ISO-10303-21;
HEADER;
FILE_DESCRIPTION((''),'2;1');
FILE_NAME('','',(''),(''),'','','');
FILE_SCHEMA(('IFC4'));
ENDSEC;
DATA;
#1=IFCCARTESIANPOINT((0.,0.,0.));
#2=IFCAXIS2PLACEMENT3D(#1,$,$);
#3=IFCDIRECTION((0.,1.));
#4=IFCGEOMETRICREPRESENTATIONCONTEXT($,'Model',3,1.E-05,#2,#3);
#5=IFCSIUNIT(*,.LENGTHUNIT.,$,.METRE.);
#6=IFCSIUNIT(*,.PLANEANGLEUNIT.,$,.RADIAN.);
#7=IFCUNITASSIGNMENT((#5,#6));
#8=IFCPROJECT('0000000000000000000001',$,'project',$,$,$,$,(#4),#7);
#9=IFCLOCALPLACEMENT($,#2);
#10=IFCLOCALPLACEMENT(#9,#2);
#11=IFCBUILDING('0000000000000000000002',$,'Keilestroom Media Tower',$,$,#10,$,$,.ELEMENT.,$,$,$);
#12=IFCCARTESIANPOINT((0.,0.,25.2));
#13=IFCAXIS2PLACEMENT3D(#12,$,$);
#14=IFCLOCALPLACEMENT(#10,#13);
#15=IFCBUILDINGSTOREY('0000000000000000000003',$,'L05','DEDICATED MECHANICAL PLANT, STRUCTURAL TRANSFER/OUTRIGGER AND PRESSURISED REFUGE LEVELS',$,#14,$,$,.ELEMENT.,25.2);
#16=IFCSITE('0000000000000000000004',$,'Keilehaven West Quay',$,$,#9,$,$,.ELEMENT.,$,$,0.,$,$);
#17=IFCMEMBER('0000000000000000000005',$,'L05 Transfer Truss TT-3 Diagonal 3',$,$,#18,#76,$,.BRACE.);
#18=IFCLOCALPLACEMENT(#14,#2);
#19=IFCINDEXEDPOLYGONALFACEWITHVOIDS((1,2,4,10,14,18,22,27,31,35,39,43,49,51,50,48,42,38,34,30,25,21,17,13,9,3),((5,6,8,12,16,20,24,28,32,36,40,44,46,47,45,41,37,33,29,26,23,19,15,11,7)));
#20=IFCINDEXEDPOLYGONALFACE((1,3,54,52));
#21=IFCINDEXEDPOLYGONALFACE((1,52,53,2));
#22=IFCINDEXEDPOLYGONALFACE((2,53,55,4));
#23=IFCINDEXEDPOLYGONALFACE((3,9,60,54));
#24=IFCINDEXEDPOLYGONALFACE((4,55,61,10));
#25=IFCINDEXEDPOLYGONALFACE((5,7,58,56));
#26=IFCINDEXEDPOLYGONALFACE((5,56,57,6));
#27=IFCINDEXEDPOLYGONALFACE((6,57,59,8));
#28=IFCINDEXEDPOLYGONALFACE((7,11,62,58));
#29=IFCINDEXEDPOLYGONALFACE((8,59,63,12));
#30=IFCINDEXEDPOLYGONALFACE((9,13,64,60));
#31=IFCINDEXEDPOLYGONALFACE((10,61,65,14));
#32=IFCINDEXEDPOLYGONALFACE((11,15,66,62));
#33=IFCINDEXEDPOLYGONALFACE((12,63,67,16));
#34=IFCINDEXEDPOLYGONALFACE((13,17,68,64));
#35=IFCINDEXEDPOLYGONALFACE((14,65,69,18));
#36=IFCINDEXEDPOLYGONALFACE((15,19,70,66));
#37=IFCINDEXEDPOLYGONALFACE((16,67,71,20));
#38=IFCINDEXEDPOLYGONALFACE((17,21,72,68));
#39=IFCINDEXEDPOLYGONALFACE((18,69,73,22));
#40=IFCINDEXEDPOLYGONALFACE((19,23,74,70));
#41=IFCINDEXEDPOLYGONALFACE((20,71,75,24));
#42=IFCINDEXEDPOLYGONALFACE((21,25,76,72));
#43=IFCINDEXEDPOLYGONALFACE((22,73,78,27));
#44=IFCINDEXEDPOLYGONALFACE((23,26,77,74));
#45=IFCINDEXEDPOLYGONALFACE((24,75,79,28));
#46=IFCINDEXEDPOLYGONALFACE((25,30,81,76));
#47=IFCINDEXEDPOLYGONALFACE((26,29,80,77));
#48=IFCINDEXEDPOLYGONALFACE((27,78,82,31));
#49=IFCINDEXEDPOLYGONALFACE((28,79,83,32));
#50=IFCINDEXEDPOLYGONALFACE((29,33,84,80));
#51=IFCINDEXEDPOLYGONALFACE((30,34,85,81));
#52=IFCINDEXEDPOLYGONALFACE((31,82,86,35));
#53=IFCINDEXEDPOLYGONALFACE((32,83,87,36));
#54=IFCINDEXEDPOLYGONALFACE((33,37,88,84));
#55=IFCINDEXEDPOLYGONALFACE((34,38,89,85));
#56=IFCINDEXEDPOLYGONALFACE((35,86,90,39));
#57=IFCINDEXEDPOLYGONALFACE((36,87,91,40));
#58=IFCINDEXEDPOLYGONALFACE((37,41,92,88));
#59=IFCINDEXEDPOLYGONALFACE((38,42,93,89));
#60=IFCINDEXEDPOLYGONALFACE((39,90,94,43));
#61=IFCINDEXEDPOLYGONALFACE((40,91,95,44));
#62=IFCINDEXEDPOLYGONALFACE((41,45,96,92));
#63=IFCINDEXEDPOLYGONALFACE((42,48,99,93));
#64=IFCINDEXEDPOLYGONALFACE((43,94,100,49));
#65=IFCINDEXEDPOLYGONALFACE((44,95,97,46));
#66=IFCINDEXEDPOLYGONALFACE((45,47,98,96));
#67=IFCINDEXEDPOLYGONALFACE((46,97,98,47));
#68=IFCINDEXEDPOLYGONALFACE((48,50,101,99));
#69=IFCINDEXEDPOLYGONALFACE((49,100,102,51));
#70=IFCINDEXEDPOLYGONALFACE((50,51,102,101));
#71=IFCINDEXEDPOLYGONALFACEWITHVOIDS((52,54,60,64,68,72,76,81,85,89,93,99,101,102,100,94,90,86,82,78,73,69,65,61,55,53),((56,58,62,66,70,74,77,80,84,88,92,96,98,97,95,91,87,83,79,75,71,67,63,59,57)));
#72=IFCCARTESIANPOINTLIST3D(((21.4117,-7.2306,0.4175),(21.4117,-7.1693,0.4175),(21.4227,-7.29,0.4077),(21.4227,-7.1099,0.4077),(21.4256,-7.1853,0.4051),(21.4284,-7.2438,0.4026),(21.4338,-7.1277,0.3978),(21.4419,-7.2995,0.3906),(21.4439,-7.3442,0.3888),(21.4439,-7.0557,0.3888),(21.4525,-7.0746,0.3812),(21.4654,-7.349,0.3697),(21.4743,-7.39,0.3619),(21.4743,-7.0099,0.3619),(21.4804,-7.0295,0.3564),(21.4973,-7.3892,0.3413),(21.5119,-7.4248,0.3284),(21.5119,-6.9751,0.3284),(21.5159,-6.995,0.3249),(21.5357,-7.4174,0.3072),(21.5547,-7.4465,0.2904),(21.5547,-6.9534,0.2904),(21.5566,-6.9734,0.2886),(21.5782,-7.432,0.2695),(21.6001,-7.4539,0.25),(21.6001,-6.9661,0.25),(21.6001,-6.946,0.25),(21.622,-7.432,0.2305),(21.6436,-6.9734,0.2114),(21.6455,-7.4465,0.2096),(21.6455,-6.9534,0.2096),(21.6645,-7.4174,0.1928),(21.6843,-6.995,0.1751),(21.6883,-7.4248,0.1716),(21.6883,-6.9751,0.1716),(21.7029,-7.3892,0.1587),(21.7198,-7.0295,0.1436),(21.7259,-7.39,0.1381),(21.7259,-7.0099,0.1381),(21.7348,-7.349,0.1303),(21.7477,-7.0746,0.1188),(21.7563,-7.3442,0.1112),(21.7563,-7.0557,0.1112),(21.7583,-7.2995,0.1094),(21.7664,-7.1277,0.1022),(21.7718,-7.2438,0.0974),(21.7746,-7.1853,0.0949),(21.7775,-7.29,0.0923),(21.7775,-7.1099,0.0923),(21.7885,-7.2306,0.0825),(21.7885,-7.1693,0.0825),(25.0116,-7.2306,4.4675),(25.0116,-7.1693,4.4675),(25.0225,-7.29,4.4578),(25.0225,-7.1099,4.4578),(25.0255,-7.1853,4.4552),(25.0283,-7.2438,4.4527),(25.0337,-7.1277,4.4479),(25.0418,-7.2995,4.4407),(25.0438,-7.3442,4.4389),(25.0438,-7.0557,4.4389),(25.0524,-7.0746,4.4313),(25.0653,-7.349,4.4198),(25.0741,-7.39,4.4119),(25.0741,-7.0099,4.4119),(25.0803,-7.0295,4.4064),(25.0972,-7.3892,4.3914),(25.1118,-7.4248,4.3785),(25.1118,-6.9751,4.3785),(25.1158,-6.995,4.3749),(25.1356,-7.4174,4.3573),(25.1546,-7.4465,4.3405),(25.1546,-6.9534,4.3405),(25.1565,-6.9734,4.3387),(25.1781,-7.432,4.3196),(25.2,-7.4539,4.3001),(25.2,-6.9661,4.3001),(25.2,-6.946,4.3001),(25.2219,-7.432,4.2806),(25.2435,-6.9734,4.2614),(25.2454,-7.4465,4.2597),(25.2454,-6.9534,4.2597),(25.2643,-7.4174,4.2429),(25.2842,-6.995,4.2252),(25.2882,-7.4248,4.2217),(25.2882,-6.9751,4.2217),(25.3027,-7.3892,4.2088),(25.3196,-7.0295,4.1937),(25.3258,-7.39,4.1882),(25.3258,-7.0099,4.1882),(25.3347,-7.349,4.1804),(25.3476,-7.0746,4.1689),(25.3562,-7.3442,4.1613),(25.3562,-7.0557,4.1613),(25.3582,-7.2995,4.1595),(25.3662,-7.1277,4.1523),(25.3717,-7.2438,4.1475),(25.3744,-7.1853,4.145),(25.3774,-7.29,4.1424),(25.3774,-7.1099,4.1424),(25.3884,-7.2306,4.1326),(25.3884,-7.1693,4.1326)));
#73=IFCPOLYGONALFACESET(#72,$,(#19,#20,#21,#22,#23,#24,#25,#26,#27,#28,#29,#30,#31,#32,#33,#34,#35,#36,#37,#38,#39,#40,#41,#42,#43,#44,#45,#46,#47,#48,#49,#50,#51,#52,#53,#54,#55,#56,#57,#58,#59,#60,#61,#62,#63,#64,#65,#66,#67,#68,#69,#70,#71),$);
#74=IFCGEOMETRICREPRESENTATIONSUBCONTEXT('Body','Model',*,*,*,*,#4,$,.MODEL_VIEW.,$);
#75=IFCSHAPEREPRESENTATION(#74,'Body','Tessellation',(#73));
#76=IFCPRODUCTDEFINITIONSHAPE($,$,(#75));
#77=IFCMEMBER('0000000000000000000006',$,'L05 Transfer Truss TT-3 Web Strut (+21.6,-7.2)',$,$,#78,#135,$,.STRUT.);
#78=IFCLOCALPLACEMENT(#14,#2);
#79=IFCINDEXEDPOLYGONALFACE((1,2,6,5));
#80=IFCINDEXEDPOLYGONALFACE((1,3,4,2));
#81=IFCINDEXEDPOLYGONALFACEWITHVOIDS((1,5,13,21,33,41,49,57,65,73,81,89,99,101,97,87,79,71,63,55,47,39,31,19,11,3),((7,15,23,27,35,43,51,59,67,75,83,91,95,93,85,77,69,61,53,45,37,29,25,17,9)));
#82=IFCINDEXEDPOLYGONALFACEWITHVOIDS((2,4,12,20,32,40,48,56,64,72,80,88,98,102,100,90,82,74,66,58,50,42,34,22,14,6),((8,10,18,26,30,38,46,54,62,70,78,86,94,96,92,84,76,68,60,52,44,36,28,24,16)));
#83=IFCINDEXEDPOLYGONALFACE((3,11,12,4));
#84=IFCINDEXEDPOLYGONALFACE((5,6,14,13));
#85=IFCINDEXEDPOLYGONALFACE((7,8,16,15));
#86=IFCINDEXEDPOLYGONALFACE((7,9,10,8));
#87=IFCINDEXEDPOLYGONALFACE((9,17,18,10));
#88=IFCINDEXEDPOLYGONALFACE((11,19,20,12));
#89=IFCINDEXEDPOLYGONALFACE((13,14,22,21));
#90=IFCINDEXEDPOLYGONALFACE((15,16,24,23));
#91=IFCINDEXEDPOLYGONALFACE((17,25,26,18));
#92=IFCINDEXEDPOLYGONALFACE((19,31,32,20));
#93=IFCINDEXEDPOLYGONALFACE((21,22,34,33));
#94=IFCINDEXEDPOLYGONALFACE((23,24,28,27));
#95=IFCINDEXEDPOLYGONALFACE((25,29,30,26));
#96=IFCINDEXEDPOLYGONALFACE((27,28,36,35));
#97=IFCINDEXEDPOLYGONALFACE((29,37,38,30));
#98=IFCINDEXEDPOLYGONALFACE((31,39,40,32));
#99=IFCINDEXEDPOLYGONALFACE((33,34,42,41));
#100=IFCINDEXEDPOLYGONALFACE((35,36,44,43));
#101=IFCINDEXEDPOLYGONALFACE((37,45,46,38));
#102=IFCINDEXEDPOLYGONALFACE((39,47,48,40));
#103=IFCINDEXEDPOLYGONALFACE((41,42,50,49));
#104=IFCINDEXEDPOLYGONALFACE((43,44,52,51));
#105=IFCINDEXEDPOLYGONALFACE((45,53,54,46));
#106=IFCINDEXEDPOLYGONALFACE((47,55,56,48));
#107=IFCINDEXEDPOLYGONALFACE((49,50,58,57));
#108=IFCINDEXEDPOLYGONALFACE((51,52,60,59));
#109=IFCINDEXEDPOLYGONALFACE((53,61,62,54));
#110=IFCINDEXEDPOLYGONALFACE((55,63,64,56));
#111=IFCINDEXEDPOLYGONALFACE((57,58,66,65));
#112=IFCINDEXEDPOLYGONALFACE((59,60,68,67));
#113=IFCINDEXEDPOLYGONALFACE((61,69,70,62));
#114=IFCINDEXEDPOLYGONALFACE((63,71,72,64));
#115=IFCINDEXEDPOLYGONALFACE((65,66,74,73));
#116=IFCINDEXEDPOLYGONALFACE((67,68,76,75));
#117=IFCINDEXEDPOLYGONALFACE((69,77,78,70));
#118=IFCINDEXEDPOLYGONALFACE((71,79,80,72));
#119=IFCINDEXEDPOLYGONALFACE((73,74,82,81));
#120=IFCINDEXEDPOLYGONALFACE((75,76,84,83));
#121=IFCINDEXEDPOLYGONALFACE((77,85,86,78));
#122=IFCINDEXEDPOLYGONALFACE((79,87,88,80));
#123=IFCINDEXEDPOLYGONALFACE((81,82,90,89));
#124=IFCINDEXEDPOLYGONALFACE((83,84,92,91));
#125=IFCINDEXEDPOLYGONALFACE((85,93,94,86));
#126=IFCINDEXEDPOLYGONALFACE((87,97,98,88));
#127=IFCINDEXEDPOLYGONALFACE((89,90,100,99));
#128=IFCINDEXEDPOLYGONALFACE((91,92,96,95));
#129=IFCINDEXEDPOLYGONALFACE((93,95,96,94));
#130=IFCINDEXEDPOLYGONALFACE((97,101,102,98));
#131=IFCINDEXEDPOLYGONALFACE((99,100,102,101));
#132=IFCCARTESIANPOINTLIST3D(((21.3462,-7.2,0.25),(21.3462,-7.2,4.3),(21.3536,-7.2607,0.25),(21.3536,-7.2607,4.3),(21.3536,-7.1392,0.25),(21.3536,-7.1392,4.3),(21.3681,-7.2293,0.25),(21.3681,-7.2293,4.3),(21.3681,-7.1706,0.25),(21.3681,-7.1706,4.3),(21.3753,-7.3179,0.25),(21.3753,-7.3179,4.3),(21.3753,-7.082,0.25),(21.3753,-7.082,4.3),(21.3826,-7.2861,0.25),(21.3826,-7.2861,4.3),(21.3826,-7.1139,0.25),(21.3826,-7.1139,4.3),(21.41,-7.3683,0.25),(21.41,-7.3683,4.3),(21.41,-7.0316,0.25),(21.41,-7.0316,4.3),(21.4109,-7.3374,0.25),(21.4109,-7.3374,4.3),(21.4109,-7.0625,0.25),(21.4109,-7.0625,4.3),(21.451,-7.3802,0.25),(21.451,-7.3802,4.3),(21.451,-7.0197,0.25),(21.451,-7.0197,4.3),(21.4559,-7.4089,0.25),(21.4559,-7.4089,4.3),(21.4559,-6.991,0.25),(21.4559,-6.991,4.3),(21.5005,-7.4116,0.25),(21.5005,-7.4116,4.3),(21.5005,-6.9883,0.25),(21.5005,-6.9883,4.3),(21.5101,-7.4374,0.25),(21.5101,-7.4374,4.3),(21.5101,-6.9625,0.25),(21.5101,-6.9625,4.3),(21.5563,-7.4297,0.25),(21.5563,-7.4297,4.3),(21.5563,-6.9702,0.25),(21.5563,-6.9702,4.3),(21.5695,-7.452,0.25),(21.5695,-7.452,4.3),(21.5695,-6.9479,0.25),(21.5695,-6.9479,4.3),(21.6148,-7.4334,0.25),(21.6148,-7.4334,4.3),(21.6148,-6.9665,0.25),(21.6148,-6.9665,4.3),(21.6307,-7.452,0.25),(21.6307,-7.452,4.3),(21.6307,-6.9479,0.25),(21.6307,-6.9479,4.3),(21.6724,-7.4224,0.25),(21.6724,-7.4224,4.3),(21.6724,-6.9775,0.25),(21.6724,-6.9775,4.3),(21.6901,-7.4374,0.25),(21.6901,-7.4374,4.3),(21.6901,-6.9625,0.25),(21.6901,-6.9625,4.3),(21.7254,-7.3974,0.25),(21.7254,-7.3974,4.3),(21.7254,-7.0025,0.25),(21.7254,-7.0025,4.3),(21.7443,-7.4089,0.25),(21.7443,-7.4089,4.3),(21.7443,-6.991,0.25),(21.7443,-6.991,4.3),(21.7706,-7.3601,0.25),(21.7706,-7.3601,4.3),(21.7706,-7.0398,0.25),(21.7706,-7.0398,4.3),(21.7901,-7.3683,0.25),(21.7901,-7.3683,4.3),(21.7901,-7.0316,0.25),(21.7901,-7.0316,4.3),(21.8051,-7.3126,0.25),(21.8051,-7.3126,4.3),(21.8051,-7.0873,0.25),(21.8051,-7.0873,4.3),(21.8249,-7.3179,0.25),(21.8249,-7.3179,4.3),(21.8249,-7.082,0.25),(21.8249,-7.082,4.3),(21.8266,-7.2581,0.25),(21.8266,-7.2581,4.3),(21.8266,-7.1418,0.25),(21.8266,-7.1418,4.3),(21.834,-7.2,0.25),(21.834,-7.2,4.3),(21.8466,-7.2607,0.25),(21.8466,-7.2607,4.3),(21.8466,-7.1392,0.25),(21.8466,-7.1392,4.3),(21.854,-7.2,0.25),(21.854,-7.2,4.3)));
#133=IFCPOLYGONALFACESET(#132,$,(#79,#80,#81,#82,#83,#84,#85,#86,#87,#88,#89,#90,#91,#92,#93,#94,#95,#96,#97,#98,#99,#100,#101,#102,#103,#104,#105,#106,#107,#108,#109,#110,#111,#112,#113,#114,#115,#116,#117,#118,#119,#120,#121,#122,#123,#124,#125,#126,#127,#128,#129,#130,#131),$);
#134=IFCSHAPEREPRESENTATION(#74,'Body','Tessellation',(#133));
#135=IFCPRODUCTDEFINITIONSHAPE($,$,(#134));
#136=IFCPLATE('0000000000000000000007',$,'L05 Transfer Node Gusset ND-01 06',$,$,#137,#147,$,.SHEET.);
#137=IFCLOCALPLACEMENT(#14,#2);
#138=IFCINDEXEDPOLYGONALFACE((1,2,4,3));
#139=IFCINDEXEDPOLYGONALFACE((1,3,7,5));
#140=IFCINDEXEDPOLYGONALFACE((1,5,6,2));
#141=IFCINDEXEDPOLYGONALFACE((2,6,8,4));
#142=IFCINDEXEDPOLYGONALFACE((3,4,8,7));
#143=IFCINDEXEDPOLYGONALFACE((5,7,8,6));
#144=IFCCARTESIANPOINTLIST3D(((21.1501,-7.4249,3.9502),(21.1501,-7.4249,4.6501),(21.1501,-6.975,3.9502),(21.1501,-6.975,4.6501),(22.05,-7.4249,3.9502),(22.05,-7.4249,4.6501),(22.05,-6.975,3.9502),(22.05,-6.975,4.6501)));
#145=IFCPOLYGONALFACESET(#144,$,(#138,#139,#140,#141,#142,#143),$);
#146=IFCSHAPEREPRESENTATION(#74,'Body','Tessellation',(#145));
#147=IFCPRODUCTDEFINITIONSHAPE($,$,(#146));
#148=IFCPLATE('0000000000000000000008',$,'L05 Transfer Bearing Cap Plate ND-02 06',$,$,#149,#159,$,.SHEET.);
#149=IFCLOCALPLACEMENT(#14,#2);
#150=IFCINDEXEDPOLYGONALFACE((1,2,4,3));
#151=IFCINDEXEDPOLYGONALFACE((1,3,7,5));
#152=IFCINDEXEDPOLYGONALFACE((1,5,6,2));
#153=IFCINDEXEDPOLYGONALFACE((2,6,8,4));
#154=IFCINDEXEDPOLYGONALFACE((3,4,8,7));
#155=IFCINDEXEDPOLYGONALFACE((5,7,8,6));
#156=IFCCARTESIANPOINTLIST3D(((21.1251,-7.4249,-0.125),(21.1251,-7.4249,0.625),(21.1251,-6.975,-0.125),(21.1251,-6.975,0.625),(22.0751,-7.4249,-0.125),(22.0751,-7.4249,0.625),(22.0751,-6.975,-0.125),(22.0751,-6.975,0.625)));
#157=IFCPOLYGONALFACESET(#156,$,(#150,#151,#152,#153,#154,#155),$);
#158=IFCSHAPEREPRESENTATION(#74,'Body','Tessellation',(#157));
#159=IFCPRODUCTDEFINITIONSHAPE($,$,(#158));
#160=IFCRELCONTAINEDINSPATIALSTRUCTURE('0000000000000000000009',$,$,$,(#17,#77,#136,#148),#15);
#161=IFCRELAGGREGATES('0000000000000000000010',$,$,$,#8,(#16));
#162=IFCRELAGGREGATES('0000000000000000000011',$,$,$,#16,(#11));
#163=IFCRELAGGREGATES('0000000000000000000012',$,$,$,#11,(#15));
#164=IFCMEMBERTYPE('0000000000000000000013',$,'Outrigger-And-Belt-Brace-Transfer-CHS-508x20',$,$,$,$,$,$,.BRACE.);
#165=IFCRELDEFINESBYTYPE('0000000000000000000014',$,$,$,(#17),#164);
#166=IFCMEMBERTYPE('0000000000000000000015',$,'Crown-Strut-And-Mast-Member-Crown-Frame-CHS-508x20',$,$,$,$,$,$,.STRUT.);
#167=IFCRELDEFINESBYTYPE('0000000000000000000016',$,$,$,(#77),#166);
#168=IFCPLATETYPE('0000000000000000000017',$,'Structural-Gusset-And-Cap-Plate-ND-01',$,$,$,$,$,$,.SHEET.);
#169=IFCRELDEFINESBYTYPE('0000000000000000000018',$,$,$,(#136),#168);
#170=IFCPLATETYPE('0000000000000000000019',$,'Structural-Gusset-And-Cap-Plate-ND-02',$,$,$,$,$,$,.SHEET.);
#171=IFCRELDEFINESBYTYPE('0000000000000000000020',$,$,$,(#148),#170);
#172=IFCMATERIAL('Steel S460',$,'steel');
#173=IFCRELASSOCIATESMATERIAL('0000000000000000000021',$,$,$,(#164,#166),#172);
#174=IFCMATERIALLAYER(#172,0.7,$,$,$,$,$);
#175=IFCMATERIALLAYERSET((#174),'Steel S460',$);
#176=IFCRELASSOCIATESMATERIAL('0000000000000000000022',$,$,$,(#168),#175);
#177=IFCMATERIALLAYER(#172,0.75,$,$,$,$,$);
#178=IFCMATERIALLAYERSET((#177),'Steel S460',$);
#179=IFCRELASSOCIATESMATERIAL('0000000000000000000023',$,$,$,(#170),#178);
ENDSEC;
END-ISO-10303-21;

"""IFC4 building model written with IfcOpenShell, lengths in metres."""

from ifc_helpers import new_model, si_unit, direction, frame, origin, origin_2d, place, context, subcontext, project, spatial, rectangle, hollow_circle, extrude, source, transform, mapped, material, layer, layer_set, material_profile, profile_set, type_object, element, save


model = new_model("IFC4")

# Units and contexts
model_context = context("Model", 3, precision=1e-05, world=origin(), true_north=direction((0.0, 1.0)))
body_context = subcontext(model_context, "Body", "Model", "MODEL_VIEW")
ifc_project = project(units=[si_unit("LENGTHUNIT", "METRE"), si_unit("PLANEANGLEUNIT", "RADIAN")], contexts=[model_context])

# Site, building, storey
site_placement = place(None, origin())
site = spatial("IfcSite", under=ifc_project, at=site_placement, Name="Keilehaven West Quay", CompositionType="ELEMENT", RefElevation=0.0)
building_placement = place(site_placement, origin())
building = spatial("IfcBuilding", under=site, at=building_placement, Name="Keilestroom Media Tower", CompositionType="ELEMENT")
storey_placement = place(building_placement, frame((0.0, 0.0, 25.2)))
storey = spatial("IfcBuildingStorey", under=building, at=storey_placement, Name="L05", Description="DEDICATED MECHANICAL PLANT, STRUCTURAL TRANSFER/OUTRIGGER AND PRESSURISED REFUGE LEVELS", CompositionType="ELEMENT", Elevation=25.2)

# Shared definitions
ifc_material_1 = material(Name="Steel S460", Category="steel")

# Members
ifc_material_profile_1 = material_profile(ifc_material_1, hollow_circle(Radius=0.2539, WallThickness=0.02, at=origin_2d()), Name="CHS 508x20")
ifc_profile_set_1 = profile_set([ifc_material_profile_1], Name="Steel S460")
member_type_1 = type_object("IfcMemberType", Name="Outrigger-And-Belt-Brace-Transfer-CHS-508x20", PredefinedType="BRACE", material=ifc_profile_set_1)
shared_shape_1 = source(origin(), body_context, "Body", "SweptSolid", [
    extrude(hollow_circle(Radius=0.2539, WallThickness=0.02, at=origin_2d()), origin(), (0.0, 0.0, 1.0), 5.4187),
])
member_1_placement = place(storey_placement, frame((21.6001, -7.2, 0.25), z_axis=(0.664344, 0.0, 0.747427), x_axis=(0.0, 1.0, 0.0)))
element("IfcMember", 1, at=member_1_placement, inside=storey, type_object=member_type_1, Name="L05 Transfer Truss TT-3 Diagonal 3", PredefinedType="BRACE", context=body_context, shape_type="MappedRepresentation", body=[
    mapped(shared_shape_1, transform((0.0, 0.0, 0.0), x_axis=(1.0, 0.0, 0.0), y_axis=(0.0, 1.0, 0.0), z_axis=(0.0, 0.0, 1.0), scale=1.0)),
])
ifc_material_profile_2 = material_profile(ifc_material_1, hollow_circle(Radius=0.2539, WallThickness=0.02, at=origin_2d()), Name="CHS 508x20")
ifc_profile_set_2 = profile_set([ifc_material_profile_2], Name="Steel S460")
member_type_2 = type_object("IfcMemberType", Name="Crown-Strut-And-Mast-Member-Crown-Frame-CHS-508x20", PredefinedType="STRUT", material=ifc_profile_set_2)
shared_shape_2 = source(origin(), body_context, "Body", "SweptSolid", [
    extrude(hollow_circle(Radius=0.2539, WallThickness=0.02, at=origin_2d()), origin(), (0.0, 0.0, 1.0), 4.05),
])
member_2_placement = place(storey_placement, frame((21.6001, -7.2, 0.25), z_axis=(0.0, 0.0, 1.0), x_axis=(1.0, 0.0, 0.0)))
element("IfcMember", 2, at=member_2_placement, inside=storey, type_object=member_type_2, Name="L05 Transfer Truss TT-3 Web Strut (+21.6,-7.2)", PredefinedType="STRUT", context=body_context, shape_type="MappedRepresentation", body=[
    mapped(shared_shape_2, transform((0.0, 0.0, 0.0), x_axis=(1.0, 0.0, 0.0), y_axis=(0.0, 1.0, 0.0), z_axis=(0.0, 0.0, 1.0), scale=1.0)),
])

# Plates
ifc_layer_1 = layer(ifc_material_1, 0.7)
ifc_layer_set_1 = layer_set([ifc_layer_1], Name="Steel S460")
plate_type_1 = type_object("IfcPlateType", Name="Structural-Gusset-And-Cap-Plate-ND-01", PredefinedType="SHEET", material=ifc_layer_set_1)
shared_shape_3 = source(origin(), body_context, "Body", "SweptSolid", [
    extrude(rectangle(XDim=0.8999, YDim=0.45, at=origin_2d()), origin(), (0.0, 0.0, 1.0), 0.7),
])
plate_1_placement = place(storey_placement, frame((21.6001, -7.2, 3.9502), z_axis=(0.0, 0.0, 1.0), x_axis=(1.0, 0.0, 0.0)))
element("IfcPlate", 3, at=plate_1_placement, inside=storey, type_object=plate_type_1, Name="L05 Transfer Node Gusset ND-01 06", PredefinedType="SHEET", context=body_context, shape_type="MappedRepresentation", body=[
    mapped(shared_shape_3, transform((0.0, 0.0, 0.0), x_axis=(1.0, 0.0, 0.0), y_axis=(0.0, 1.0, 0.0), z_axis=(0.0, 0.0, 1.0), scale=1.0)),
])
ifc_layer_2 = layer(ifc_material_1, 0.75)
ifc_layer_set_2 = layer_set([ifc_layer_2], Name="Steel S460")
plate_type_2 = type_object("IfcPlateType", Name="Structural-Gusset-And-Cap-Plate-ND-02", PredefinedType="SHEET", material=ifc_layer_set_2)
shared_shape_4 = source(origin(), body_context, "Body", "SweptSolid", [
    extrude(rectangle(XDim=0.95, YDim=0.45, at=origin_2d()), origin(), (0.0, 0.0, 1.0), 0.75),
])
plate_2_placement = place(storey_placement, frame((21.6001, -7.2, -0.125), z_axis=(0.0, 0.0, 1.0), x_axis=(1.0, 0.0, 0.0)))
element("IfcPlate", 4, at=plate_2_placement, inside=storey, type_object=plate_type_2, Name="L05 Transfer Bearing Cap Plate ND-02 06", PredefinedType="SHEET", context=body_context, shape_type="MappedRepresentation", body=[
    mapped(shared_shape_4, transform((0.0, 0.0, 0.0), x_axis=(1.0, 0.0, 0.0), y_axis=(0.0, 1.0, 0.0), z_axis=(0.0, 0.0, 1.0), scale=1.0)),
])

save(model, "model.ifc")
